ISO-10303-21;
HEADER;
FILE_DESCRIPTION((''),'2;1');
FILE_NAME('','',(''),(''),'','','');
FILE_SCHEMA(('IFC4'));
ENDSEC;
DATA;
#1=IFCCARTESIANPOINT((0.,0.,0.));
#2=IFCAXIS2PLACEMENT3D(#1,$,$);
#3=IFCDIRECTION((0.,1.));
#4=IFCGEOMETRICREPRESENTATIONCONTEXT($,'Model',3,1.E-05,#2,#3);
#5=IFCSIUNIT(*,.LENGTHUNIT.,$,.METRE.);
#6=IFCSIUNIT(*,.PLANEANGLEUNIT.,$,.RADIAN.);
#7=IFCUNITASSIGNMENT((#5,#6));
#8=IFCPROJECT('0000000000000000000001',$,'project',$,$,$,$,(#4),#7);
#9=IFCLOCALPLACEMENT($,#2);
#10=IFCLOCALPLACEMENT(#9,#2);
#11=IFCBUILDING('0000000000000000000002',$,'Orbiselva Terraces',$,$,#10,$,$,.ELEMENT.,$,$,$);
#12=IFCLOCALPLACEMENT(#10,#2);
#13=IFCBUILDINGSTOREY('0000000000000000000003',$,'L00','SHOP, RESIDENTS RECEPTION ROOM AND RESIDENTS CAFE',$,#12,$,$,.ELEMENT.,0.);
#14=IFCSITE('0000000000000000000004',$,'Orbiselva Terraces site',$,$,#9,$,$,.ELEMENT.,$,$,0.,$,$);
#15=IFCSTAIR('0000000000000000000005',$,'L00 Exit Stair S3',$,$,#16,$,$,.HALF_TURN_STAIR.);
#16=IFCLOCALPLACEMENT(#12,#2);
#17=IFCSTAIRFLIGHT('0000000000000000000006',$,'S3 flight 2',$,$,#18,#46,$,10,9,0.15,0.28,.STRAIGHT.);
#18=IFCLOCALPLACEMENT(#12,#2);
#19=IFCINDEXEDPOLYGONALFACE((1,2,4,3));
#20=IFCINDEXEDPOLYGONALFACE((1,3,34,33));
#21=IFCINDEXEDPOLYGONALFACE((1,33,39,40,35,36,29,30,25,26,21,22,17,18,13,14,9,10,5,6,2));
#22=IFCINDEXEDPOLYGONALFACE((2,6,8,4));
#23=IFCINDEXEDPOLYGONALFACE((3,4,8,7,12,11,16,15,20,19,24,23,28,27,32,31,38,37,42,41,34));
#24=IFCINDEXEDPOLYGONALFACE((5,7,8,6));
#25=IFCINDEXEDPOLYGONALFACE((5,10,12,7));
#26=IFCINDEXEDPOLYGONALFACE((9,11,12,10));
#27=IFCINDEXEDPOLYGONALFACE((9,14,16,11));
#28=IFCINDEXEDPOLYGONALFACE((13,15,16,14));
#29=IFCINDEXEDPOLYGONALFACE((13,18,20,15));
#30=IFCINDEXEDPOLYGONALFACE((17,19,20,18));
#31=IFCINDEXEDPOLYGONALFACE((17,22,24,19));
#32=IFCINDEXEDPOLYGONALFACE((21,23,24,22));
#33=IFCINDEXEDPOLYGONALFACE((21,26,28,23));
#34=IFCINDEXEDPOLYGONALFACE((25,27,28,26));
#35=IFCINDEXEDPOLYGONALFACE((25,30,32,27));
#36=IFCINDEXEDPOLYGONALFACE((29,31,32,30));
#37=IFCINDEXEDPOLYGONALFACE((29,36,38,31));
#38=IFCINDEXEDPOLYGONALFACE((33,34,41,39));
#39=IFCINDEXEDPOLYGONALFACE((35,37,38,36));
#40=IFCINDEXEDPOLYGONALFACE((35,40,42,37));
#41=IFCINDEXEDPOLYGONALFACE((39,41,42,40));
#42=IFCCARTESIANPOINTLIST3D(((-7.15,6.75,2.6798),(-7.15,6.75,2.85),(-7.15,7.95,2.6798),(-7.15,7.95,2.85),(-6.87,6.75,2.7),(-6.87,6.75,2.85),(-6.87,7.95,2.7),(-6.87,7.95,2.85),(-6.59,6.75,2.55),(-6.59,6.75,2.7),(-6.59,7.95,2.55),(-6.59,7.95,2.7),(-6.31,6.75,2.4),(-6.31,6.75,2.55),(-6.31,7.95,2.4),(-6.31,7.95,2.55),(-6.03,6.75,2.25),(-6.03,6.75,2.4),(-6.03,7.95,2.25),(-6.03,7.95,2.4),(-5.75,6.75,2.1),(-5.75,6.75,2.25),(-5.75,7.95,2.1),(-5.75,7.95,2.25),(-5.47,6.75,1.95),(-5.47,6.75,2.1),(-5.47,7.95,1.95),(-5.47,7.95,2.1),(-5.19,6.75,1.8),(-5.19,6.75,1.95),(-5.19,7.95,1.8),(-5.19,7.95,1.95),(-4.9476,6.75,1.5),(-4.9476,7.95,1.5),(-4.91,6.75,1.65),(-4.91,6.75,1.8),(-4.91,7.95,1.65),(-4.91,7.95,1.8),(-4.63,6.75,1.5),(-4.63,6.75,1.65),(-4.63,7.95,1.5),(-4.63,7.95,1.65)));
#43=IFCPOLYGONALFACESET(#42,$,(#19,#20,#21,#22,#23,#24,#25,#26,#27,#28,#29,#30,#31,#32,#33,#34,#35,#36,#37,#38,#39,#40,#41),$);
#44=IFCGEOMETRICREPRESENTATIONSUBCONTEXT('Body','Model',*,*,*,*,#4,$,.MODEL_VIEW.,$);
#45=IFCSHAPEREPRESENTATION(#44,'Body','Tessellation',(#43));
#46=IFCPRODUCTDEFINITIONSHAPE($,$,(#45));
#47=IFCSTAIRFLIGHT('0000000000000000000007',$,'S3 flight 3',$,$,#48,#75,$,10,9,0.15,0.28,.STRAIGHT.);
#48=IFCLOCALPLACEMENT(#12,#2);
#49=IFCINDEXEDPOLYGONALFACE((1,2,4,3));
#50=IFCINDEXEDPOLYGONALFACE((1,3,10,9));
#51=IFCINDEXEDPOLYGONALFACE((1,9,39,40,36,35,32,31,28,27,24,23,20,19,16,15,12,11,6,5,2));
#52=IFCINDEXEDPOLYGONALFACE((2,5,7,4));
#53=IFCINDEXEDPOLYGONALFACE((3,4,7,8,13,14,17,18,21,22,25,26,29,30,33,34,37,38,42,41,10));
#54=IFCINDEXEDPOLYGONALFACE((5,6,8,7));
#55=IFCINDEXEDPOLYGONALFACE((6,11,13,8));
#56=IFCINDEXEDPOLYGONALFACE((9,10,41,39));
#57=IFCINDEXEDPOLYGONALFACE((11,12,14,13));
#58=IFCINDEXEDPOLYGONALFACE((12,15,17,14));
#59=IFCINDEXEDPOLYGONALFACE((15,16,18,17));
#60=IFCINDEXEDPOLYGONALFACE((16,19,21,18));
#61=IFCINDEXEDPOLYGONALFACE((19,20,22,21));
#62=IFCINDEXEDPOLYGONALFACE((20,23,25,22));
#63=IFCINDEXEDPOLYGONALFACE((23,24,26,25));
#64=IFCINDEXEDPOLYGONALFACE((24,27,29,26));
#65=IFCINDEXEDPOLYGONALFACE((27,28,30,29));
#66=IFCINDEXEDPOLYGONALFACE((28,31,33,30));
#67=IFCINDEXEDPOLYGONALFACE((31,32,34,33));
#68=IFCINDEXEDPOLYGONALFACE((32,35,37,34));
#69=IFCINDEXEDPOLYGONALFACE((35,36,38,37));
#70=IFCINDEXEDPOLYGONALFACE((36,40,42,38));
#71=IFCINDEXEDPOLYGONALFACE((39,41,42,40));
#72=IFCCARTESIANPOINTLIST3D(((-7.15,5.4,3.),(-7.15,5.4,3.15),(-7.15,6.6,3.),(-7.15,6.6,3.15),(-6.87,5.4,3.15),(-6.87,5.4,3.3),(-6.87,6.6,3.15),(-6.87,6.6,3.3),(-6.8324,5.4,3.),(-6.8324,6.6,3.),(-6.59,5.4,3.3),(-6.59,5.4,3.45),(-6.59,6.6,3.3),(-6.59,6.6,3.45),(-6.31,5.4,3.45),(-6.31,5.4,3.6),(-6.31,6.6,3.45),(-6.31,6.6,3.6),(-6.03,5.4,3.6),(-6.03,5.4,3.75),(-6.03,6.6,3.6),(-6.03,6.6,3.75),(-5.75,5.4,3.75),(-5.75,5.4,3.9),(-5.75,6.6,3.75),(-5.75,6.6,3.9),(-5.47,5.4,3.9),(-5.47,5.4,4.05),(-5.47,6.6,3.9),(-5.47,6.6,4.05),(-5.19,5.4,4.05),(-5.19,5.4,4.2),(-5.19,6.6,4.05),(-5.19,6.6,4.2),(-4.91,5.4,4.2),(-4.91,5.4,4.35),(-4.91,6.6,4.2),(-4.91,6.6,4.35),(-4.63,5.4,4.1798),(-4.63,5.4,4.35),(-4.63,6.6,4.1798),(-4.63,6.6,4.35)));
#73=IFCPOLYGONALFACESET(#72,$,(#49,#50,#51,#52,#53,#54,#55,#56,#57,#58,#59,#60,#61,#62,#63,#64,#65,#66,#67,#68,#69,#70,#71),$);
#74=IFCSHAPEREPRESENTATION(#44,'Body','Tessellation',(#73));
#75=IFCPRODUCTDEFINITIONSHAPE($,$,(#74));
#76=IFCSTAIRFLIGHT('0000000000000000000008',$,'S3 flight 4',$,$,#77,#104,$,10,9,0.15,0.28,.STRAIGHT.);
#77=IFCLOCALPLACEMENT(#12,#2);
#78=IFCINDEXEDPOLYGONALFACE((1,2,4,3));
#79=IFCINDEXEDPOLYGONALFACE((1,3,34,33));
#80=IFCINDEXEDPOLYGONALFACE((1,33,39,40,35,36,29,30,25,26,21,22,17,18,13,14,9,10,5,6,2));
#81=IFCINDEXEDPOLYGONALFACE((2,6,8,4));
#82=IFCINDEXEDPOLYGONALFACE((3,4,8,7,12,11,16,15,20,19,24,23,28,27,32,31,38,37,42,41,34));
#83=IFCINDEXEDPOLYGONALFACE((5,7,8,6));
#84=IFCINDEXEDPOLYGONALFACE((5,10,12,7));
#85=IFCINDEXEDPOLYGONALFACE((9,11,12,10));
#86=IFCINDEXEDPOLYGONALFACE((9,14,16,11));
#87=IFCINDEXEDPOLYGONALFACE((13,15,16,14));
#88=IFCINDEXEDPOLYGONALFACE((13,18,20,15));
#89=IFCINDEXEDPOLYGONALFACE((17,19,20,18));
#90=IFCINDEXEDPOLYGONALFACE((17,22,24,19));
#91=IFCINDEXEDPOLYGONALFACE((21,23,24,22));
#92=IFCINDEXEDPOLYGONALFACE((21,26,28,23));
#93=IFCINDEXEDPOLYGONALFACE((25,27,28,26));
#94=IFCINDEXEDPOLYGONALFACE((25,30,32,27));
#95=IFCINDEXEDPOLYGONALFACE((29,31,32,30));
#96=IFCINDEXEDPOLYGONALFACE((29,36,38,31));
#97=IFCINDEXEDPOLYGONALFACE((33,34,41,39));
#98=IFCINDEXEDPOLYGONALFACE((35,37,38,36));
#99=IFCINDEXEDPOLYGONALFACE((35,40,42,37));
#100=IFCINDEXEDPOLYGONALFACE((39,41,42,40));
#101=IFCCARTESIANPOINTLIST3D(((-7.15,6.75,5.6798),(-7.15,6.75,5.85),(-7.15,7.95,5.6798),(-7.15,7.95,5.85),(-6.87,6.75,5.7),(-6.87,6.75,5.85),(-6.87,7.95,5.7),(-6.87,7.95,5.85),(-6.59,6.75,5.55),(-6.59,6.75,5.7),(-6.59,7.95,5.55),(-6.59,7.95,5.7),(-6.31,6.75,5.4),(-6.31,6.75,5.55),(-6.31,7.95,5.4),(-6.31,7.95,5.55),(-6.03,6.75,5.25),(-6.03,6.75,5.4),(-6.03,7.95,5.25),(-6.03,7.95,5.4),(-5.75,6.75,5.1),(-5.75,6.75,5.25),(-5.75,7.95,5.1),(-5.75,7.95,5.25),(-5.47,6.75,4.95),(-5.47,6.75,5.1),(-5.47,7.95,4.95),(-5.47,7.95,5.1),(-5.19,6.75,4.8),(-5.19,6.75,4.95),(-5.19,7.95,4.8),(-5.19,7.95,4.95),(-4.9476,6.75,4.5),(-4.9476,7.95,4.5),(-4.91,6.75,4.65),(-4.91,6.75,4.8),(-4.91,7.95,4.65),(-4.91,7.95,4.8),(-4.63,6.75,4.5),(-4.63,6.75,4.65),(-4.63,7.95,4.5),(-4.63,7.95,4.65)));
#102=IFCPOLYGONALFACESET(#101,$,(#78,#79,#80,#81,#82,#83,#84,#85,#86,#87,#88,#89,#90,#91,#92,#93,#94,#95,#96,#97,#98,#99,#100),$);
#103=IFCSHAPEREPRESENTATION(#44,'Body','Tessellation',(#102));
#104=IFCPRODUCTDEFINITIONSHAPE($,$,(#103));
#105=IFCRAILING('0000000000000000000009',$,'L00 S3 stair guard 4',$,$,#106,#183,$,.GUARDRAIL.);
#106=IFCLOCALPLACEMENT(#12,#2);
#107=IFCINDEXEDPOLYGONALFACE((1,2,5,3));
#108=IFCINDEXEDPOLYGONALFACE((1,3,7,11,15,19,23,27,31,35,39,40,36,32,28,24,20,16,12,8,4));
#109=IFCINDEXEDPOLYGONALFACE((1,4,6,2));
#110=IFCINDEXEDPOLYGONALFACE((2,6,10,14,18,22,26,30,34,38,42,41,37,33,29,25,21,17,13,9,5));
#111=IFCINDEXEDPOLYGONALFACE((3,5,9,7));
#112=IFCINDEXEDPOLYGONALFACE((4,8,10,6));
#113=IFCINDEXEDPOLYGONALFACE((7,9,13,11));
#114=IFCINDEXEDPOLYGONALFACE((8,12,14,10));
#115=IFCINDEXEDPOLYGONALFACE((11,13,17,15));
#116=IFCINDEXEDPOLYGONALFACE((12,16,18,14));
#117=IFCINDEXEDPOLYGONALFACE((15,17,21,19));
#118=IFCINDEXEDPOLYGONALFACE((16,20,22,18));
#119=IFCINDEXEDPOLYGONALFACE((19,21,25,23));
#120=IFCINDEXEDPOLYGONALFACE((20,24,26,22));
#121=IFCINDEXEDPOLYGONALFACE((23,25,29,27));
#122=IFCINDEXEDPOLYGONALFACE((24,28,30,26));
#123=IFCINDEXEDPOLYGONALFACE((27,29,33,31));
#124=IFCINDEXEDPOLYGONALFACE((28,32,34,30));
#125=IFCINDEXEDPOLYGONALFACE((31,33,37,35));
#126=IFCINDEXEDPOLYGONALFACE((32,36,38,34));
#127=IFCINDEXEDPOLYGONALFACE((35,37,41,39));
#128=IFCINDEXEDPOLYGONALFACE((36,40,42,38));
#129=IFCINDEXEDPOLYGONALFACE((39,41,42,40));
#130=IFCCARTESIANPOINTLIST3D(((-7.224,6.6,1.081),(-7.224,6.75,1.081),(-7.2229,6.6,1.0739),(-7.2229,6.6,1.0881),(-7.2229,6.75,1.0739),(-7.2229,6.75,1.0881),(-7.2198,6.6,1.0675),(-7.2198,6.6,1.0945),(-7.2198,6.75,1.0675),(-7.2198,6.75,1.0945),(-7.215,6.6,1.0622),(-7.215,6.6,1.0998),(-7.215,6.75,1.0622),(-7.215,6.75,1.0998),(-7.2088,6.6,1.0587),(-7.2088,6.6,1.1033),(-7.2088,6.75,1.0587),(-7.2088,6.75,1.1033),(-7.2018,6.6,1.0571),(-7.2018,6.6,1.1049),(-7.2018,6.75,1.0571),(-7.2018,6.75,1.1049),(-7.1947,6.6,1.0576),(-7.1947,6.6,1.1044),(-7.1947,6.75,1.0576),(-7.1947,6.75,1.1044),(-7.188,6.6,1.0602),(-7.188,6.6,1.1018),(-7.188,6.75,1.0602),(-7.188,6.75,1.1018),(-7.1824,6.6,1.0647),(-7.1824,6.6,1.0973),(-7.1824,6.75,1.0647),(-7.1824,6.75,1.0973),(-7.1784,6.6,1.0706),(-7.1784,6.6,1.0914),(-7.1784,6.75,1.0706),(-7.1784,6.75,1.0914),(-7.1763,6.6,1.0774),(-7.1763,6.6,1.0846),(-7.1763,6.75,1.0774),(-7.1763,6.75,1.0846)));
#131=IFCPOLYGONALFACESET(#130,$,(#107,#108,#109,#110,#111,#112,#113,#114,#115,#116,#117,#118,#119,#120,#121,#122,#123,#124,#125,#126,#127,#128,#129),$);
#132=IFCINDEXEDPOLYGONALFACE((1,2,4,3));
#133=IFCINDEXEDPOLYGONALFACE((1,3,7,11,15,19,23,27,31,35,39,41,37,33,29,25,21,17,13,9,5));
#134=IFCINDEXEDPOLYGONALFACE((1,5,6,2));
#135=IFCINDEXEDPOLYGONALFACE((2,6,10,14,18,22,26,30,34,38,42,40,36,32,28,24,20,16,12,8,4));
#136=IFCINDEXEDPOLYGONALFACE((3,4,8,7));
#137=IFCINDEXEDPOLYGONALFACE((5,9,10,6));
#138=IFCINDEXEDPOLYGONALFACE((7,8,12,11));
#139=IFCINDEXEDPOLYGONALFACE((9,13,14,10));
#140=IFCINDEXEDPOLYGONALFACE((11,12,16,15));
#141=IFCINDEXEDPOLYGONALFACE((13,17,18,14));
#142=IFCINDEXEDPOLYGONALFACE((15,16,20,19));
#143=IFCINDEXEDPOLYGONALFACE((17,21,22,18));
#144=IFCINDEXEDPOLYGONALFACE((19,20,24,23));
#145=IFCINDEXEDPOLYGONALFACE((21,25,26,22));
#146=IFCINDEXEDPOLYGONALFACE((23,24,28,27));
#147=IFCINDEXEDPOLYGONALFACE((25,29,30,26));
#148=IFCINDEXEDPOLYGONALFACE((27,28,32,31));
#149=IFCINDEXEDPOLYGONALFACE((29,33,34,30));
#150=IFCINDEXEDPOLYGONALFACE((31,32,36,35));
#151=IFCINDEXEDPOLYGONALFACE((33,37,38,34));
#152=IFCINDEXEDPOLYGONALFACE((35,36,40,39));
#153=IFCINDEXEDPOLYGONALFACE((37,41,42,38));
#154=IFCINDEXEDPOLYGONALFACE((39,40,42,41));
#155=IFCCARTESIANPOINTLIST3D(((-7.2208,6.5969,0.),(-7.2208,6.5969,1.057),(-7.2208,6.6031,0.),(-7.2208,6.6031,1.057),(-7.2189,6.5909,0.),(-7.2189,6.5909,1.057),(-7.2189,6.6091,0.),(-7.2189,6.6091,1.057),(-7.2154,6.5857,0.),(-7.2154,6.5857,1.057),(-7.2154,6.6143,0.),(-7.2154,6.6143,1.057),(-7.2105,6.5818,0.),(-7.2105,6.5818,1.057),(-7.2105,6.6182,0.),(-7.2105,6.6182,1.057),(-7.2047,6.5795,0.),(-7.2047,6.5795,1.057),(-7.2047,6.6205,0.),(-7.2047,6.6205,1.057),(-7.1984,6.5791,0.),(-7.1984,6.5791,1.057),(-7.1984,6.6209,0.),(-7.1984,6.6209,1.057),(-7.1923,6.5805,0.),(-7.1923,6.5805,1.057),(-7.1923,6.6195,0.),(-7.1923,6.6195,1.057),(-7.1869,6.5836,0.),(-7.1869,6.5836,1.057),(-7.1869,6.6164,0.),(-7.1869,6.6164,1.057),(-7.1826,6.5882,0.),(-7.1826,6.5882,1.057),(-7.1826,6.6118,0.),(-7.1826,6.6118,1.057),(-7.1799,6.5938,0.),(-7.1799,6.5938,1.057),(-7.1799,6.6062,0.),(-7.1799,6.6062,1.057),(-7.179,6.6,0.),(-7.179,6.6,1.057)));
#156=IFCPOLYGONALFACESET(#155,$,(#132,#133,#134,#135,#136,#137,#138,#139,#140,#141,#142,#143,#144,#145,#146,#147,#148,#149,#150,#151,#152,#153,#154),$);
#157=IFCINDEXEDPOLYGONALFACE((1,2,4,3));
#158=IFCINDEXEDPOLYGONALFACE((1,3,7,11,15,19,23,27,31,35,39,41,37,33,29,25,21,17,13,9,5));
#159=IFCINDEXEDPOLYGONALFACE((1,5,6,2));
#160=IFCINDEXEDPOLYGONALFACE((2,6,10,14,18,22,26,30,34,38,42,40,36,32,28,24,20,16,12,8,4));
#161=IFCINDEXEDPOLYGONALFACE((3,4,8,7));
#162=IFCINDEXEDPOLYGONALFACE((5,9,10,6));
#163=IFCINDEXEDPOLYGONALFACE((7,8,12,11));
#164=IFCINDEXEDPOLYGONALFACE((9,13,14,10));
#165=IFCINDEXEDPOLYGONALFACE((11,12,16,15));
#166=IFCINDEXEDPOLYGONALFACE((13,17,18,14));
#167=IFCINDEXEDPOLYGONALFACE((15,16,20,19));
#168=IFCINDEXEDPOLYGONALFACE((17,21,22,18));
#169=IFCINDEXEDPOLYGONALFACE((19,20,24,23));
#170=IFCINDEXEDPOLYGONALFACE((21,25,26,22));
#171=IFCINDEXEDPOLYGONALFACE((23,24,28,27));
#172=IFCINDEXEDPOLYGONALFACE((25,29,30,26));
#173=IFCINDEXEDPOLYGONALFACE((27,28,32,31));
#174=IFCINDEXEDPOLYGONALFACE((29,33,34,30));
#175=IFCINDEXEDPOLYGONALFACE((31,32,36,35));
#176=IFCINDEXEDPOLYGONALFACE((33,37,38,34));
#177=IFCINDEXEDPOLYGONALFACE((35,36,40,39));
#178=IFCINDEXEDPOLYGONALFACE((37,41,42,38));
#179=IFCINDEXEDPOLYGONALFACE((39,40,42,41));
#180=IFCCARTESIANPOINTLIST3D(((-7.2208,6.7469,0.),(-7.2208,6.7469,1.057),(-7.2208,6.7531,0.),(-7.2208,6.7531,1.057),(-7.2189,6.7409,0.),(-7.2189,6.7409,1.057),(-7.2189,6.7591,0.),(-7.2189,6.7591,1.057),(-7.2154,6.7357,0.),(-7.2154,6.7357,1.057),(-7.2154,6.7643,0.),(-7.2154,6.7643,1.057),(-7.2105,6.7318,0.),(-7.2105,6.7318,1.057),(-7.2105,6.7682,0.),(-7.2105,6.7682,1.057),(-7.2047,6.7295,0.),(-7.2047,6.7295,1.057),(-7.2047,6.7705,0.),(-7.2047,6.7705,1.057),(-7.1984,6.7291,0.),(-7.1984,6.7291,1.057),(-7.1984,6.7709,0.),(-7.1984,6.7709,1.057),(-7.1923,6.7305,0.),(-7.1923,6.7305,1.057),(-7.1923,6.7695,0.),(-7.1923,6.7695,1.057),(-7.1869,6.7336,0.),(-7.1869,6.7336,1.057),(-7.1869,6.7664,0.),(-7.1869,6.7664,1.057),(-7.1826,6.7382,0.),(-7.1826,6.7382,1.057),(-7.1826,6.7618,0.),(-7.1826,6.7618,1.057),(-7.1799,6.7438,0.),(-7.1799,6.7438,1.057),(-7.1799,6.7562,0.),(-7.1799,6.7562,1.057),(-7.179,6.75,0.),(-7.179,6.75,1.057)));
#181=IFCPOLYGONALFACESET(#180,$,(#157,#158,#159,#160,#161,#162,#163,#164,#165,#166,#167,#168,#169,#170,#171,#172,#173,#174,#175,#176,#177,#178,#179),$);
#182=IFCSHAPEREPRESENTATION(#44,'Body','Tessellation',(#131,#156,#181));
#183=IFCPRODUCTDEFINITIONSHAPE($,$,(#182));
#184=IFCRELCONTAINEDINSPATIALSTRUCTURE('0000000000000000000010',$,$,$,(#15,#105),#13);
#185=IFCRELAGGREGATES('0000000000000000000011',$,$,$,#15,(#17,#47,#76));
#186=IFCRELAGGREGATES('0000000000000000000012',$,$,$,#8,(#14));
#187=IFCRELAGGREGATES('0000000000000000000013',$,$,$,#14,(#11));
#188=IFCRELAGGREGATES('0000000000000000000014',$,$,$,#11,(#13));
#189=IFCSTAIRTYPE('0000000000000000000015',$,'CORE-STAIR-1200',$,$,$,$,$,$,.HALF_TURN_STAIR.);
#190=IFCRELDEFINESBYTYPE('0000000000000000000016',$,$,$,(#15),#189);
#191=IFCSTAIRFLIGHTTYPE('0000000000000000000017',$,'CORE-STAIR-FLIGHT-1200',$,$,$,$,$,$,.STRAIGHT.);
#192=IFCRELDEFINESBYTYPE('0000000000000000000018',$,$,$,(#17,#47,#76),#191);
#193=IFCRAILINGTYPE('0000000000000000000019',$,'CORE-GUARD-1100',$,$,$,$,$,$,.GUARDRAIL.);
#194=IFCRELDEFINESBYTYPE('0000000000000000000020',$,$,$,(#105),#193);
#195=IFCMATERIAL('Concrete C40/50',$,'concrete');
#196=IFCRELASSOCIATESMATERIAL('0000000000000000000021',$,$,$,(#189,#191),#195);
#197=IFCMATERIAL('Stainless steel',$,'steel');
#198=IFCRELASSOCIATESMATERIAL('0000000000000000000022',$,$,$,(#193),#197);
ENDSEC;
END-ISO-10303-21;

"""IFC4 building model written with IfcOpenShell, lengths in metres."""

from ifc_helpers import new_model, si_unit, direction, frame, origin, origin_2d, place, context, subcontext, project, spatial, polyline, circle, outline, extrude, material, type_object, element, aggregate, save


model = new_model("IFC4")

# Units and contexts
model_context = context("Model", 3, precision=1e-05, world=origin(), true_north=direction((0.0, 1.0)))
body_context = subcontext(model_context, "Body", "Model", "MODEL_VIEW")
ifc_project = project(units=[si_unit("LENGTHUNIT", "METRE"), si_unit("PLANEANGLEUNIT", "RADIAN")], contexts=[model_context])

# Site, building, storey
site_placement = place(None, origin())
site = spatial("IfcSite", under=ifc_project, at=site_placement, Name="Orbiselva Terraces site", CompositionType="ELEMENT", RefElevation=0.0)
building_placement = place(site_placement, origin())
building = spatial("IfcBuilding", under=site, at=building_placement, Name="Orbiselva Terraces", CompositionType="ELEMENT")
storey_placement = place(building_placement, origin())
storey = spatial("IfcBuildingStorey", under=building, at=storey_placement, Name="L00", Description="SHOP, RESIDENTS RECEPTION ROOM AND RESIDENTS CAFE", CompositionType="ELEMENT", Elevation=0.0)

# Shared definitions
ifc_material_1 = material(Name="Concrete C40/50", Category="concrete")

# Stair, stair flights
stair_type = type_object("IfcStairType", Name="CORE-STAIR-1200", PredefinedType="HALF_TURN_STAIR", material=ifc_material_1)
stair_placement = place(storey_placement, origin())
stair = element("IfcStair", 1, at=stair_placement, inside=storey, type_object=stair_type, Name="L00 Exit Stair S3", PredefinedType="HALF_TURN_STAIR")
stair_flight_type = type_object("IfcStairFlightType", Name="CORE-STAIR-FLIGHT-1200", PredefinedType="STRAIGHT", material=ifc_material_1)
stair_flight_1_placement = place(storey_placement, frame((-4.63, 7.35, 1.5), z_axis=(0.0, 0.0, 1.0), x_axis=(-1.0, 0.0, 0.0)))
stair_flight_1 = element("IfcStairFlight", 2, at=stair_flight_1_placement, type_object=stair_flight_type, Name="S3 flight 2", NumberOfRisers=10, NumberOfTreads=9, PredefinedType="STRAIGHT", RiserHeight=0.15, TreadLength=0.28, context=body_context, shape_type="SweptSolid", body=[
    extrude(outline(polyline([(0.0, 0.0), (0.0, 0.15), (0.28, 0.15), (0.28, 0.3), (0.56, 0.3), (0.56, 0.45), (0.84, 0.45), (0.84, 0.6), (1.12, 0.6), (1.12, 0.75), (1.4, 0.75), (1.4, 0.9), (1.68, 0.9), (1.68, 1.05), (1.96, 1.05), (1.96, 1.2), (2.24, 1.2), (2.24, 1.35), (2.52, 1.35), (2.52, 1.5), (2.52, 1.1798), (0.3176, 0.0), (0.0, 0.0)])), frame((0.0, 0.6, 0.0), z_axis=(0.0, -1.0, 0.0), x_axis=(1.0, 0.0, 0.0)), (0.0, 0.0, 1.0), 1.2),
])
stair_flight_2_placement = place(storey_placement, frame((-7.15, 6.0, 3.0), z_axis=(0.0, 0.0, 1.0), x_axis=(1.0, 0.0, 0.0)))
stair_flight_2 = element("IfcStairFlight", 3, at=stair_flight_2_placement, type_object=stair_flight_type, Name="S3 flight 3", NumberOfRisers=10, NumberOfTreads=9, PredefinedType="STRAIGHT", RiserHeight=0.15, TreadLength=0.28, context=body_context, shape_type="SweptSolid", body=[
    extrude(outline(polyline([(0.0, 0.0), (0.0, 0.15), (0.28, 0.15), (0.28, 0.3), (0.56, 0.3), (0.56, 0.45), (0.84, 0.45), (0.84, 0.6), (1.12, 0.6), (1.12, 0.75), (1.4, 0.75), (1.4, 0.9), (1.68, 0.9), (1.68, 1.05), (1.96, 1.05), (1.96, 1.2), (2.24, 1.2), (2.24, 1.35), (2.52, 1.35), (2.52, 1.5), (2.52, 1.1798), (0.3176, 0.0), (0.0, 0.0)])), frame((0.0, 0.6, 0.0), z_axis=(0.0, -1.0, 0.0), x_axis=(1.0, 0.0, 0.0)), (0.0, 0.0, 1.0), 1.2),
])
stair_flight_3_placement = place(storey_placement, frame((-4.63, 7.35, 4.5), z_axis=(0.0, 0.0, 1.0), x_axis=(-1.0, 0.0, 0.0)))
stair_flight_3 = element("IfcStairFlight", 4, at=stair_flight_3_placement, type_object=stair_flight_type, Name="S3 flight 4", NumberOfRisers=10, NumberOfTreads=9, PredefinedType="STRAIGHT", RiserHeight=0.15, TreadLength=0.28, context=body_context, shape_type="SweptSolid", body=[
    extrude(outline(polyline([(0.0, 0.0), (0.0, 0.15), (0.28, 0.15), (0.28, 0.3), (0.56, 0.3), (0.56, 0.45), (0.84, 0.45), (0.84, 0.6), (1.12, 0.6), (1.12, 0.75), (1.4, 0.75), (1.4, 0.9), (1.68, 0.9), (1.68, 1.05), (1.96, 1.05), (1.96, 1.2), (2.24, 1.2), (2.24, 1.35), (2.52, 1.35), (2.52, 1.5), (2.52, 1.1798), (0.3176, 0.0), (0.0, 0.0)])), frame((0.0, 0.6, 0.0), z_axis=(0.0, -1.0, 0.0), x_axis=(1.0, 0.0, 0.0)), (0.0, 0.0, 1.0), 1.2),
])
aggregate(stair, [stair_flight_1, stair_flight_2, stair_flight_3])

# Railing
ifc_material_2 = material(Name="Stainless steel", Category="steel")
railing_type_1 = type_object("IfcRailingType", Name="CORE-GUARD-1100", PredefinedType="GUARDRAIL", material=ifc_material_2)
railing_1_placement = place(storey_placement, frame((-7.2, 6.6, 0.0)))
element("IfcRailing", 5, at=railing_1_placement, inside=storey, type_object=railing_type_1, Name="L00 S3 stair guard 4", PredefinedType="GUARDRAIL", context=body_context, shape_type="SweptSolid", body=[
    extrude(circle(Radius=0.024, at=origin_2d()), frame((0.0, 0.0, 1.081), z_axis=(0.0, 1.0, 0.0), x_axis=(-1.0, 0.0, 0.0)), (0.0, 0.0, 1.0), 0.15),
    extrude(circle(Radius=0.021, at=origin_2d()), origin(), (0.0, 0.0, 1.0), 1.057),
    extrude(circle(Radius=0.021, at=origin_2d()), frame((0.0, 0.15, 0.0)), (0.0, 0.0, 1.0), 1.057),
])

save(model, "model.ifc")
